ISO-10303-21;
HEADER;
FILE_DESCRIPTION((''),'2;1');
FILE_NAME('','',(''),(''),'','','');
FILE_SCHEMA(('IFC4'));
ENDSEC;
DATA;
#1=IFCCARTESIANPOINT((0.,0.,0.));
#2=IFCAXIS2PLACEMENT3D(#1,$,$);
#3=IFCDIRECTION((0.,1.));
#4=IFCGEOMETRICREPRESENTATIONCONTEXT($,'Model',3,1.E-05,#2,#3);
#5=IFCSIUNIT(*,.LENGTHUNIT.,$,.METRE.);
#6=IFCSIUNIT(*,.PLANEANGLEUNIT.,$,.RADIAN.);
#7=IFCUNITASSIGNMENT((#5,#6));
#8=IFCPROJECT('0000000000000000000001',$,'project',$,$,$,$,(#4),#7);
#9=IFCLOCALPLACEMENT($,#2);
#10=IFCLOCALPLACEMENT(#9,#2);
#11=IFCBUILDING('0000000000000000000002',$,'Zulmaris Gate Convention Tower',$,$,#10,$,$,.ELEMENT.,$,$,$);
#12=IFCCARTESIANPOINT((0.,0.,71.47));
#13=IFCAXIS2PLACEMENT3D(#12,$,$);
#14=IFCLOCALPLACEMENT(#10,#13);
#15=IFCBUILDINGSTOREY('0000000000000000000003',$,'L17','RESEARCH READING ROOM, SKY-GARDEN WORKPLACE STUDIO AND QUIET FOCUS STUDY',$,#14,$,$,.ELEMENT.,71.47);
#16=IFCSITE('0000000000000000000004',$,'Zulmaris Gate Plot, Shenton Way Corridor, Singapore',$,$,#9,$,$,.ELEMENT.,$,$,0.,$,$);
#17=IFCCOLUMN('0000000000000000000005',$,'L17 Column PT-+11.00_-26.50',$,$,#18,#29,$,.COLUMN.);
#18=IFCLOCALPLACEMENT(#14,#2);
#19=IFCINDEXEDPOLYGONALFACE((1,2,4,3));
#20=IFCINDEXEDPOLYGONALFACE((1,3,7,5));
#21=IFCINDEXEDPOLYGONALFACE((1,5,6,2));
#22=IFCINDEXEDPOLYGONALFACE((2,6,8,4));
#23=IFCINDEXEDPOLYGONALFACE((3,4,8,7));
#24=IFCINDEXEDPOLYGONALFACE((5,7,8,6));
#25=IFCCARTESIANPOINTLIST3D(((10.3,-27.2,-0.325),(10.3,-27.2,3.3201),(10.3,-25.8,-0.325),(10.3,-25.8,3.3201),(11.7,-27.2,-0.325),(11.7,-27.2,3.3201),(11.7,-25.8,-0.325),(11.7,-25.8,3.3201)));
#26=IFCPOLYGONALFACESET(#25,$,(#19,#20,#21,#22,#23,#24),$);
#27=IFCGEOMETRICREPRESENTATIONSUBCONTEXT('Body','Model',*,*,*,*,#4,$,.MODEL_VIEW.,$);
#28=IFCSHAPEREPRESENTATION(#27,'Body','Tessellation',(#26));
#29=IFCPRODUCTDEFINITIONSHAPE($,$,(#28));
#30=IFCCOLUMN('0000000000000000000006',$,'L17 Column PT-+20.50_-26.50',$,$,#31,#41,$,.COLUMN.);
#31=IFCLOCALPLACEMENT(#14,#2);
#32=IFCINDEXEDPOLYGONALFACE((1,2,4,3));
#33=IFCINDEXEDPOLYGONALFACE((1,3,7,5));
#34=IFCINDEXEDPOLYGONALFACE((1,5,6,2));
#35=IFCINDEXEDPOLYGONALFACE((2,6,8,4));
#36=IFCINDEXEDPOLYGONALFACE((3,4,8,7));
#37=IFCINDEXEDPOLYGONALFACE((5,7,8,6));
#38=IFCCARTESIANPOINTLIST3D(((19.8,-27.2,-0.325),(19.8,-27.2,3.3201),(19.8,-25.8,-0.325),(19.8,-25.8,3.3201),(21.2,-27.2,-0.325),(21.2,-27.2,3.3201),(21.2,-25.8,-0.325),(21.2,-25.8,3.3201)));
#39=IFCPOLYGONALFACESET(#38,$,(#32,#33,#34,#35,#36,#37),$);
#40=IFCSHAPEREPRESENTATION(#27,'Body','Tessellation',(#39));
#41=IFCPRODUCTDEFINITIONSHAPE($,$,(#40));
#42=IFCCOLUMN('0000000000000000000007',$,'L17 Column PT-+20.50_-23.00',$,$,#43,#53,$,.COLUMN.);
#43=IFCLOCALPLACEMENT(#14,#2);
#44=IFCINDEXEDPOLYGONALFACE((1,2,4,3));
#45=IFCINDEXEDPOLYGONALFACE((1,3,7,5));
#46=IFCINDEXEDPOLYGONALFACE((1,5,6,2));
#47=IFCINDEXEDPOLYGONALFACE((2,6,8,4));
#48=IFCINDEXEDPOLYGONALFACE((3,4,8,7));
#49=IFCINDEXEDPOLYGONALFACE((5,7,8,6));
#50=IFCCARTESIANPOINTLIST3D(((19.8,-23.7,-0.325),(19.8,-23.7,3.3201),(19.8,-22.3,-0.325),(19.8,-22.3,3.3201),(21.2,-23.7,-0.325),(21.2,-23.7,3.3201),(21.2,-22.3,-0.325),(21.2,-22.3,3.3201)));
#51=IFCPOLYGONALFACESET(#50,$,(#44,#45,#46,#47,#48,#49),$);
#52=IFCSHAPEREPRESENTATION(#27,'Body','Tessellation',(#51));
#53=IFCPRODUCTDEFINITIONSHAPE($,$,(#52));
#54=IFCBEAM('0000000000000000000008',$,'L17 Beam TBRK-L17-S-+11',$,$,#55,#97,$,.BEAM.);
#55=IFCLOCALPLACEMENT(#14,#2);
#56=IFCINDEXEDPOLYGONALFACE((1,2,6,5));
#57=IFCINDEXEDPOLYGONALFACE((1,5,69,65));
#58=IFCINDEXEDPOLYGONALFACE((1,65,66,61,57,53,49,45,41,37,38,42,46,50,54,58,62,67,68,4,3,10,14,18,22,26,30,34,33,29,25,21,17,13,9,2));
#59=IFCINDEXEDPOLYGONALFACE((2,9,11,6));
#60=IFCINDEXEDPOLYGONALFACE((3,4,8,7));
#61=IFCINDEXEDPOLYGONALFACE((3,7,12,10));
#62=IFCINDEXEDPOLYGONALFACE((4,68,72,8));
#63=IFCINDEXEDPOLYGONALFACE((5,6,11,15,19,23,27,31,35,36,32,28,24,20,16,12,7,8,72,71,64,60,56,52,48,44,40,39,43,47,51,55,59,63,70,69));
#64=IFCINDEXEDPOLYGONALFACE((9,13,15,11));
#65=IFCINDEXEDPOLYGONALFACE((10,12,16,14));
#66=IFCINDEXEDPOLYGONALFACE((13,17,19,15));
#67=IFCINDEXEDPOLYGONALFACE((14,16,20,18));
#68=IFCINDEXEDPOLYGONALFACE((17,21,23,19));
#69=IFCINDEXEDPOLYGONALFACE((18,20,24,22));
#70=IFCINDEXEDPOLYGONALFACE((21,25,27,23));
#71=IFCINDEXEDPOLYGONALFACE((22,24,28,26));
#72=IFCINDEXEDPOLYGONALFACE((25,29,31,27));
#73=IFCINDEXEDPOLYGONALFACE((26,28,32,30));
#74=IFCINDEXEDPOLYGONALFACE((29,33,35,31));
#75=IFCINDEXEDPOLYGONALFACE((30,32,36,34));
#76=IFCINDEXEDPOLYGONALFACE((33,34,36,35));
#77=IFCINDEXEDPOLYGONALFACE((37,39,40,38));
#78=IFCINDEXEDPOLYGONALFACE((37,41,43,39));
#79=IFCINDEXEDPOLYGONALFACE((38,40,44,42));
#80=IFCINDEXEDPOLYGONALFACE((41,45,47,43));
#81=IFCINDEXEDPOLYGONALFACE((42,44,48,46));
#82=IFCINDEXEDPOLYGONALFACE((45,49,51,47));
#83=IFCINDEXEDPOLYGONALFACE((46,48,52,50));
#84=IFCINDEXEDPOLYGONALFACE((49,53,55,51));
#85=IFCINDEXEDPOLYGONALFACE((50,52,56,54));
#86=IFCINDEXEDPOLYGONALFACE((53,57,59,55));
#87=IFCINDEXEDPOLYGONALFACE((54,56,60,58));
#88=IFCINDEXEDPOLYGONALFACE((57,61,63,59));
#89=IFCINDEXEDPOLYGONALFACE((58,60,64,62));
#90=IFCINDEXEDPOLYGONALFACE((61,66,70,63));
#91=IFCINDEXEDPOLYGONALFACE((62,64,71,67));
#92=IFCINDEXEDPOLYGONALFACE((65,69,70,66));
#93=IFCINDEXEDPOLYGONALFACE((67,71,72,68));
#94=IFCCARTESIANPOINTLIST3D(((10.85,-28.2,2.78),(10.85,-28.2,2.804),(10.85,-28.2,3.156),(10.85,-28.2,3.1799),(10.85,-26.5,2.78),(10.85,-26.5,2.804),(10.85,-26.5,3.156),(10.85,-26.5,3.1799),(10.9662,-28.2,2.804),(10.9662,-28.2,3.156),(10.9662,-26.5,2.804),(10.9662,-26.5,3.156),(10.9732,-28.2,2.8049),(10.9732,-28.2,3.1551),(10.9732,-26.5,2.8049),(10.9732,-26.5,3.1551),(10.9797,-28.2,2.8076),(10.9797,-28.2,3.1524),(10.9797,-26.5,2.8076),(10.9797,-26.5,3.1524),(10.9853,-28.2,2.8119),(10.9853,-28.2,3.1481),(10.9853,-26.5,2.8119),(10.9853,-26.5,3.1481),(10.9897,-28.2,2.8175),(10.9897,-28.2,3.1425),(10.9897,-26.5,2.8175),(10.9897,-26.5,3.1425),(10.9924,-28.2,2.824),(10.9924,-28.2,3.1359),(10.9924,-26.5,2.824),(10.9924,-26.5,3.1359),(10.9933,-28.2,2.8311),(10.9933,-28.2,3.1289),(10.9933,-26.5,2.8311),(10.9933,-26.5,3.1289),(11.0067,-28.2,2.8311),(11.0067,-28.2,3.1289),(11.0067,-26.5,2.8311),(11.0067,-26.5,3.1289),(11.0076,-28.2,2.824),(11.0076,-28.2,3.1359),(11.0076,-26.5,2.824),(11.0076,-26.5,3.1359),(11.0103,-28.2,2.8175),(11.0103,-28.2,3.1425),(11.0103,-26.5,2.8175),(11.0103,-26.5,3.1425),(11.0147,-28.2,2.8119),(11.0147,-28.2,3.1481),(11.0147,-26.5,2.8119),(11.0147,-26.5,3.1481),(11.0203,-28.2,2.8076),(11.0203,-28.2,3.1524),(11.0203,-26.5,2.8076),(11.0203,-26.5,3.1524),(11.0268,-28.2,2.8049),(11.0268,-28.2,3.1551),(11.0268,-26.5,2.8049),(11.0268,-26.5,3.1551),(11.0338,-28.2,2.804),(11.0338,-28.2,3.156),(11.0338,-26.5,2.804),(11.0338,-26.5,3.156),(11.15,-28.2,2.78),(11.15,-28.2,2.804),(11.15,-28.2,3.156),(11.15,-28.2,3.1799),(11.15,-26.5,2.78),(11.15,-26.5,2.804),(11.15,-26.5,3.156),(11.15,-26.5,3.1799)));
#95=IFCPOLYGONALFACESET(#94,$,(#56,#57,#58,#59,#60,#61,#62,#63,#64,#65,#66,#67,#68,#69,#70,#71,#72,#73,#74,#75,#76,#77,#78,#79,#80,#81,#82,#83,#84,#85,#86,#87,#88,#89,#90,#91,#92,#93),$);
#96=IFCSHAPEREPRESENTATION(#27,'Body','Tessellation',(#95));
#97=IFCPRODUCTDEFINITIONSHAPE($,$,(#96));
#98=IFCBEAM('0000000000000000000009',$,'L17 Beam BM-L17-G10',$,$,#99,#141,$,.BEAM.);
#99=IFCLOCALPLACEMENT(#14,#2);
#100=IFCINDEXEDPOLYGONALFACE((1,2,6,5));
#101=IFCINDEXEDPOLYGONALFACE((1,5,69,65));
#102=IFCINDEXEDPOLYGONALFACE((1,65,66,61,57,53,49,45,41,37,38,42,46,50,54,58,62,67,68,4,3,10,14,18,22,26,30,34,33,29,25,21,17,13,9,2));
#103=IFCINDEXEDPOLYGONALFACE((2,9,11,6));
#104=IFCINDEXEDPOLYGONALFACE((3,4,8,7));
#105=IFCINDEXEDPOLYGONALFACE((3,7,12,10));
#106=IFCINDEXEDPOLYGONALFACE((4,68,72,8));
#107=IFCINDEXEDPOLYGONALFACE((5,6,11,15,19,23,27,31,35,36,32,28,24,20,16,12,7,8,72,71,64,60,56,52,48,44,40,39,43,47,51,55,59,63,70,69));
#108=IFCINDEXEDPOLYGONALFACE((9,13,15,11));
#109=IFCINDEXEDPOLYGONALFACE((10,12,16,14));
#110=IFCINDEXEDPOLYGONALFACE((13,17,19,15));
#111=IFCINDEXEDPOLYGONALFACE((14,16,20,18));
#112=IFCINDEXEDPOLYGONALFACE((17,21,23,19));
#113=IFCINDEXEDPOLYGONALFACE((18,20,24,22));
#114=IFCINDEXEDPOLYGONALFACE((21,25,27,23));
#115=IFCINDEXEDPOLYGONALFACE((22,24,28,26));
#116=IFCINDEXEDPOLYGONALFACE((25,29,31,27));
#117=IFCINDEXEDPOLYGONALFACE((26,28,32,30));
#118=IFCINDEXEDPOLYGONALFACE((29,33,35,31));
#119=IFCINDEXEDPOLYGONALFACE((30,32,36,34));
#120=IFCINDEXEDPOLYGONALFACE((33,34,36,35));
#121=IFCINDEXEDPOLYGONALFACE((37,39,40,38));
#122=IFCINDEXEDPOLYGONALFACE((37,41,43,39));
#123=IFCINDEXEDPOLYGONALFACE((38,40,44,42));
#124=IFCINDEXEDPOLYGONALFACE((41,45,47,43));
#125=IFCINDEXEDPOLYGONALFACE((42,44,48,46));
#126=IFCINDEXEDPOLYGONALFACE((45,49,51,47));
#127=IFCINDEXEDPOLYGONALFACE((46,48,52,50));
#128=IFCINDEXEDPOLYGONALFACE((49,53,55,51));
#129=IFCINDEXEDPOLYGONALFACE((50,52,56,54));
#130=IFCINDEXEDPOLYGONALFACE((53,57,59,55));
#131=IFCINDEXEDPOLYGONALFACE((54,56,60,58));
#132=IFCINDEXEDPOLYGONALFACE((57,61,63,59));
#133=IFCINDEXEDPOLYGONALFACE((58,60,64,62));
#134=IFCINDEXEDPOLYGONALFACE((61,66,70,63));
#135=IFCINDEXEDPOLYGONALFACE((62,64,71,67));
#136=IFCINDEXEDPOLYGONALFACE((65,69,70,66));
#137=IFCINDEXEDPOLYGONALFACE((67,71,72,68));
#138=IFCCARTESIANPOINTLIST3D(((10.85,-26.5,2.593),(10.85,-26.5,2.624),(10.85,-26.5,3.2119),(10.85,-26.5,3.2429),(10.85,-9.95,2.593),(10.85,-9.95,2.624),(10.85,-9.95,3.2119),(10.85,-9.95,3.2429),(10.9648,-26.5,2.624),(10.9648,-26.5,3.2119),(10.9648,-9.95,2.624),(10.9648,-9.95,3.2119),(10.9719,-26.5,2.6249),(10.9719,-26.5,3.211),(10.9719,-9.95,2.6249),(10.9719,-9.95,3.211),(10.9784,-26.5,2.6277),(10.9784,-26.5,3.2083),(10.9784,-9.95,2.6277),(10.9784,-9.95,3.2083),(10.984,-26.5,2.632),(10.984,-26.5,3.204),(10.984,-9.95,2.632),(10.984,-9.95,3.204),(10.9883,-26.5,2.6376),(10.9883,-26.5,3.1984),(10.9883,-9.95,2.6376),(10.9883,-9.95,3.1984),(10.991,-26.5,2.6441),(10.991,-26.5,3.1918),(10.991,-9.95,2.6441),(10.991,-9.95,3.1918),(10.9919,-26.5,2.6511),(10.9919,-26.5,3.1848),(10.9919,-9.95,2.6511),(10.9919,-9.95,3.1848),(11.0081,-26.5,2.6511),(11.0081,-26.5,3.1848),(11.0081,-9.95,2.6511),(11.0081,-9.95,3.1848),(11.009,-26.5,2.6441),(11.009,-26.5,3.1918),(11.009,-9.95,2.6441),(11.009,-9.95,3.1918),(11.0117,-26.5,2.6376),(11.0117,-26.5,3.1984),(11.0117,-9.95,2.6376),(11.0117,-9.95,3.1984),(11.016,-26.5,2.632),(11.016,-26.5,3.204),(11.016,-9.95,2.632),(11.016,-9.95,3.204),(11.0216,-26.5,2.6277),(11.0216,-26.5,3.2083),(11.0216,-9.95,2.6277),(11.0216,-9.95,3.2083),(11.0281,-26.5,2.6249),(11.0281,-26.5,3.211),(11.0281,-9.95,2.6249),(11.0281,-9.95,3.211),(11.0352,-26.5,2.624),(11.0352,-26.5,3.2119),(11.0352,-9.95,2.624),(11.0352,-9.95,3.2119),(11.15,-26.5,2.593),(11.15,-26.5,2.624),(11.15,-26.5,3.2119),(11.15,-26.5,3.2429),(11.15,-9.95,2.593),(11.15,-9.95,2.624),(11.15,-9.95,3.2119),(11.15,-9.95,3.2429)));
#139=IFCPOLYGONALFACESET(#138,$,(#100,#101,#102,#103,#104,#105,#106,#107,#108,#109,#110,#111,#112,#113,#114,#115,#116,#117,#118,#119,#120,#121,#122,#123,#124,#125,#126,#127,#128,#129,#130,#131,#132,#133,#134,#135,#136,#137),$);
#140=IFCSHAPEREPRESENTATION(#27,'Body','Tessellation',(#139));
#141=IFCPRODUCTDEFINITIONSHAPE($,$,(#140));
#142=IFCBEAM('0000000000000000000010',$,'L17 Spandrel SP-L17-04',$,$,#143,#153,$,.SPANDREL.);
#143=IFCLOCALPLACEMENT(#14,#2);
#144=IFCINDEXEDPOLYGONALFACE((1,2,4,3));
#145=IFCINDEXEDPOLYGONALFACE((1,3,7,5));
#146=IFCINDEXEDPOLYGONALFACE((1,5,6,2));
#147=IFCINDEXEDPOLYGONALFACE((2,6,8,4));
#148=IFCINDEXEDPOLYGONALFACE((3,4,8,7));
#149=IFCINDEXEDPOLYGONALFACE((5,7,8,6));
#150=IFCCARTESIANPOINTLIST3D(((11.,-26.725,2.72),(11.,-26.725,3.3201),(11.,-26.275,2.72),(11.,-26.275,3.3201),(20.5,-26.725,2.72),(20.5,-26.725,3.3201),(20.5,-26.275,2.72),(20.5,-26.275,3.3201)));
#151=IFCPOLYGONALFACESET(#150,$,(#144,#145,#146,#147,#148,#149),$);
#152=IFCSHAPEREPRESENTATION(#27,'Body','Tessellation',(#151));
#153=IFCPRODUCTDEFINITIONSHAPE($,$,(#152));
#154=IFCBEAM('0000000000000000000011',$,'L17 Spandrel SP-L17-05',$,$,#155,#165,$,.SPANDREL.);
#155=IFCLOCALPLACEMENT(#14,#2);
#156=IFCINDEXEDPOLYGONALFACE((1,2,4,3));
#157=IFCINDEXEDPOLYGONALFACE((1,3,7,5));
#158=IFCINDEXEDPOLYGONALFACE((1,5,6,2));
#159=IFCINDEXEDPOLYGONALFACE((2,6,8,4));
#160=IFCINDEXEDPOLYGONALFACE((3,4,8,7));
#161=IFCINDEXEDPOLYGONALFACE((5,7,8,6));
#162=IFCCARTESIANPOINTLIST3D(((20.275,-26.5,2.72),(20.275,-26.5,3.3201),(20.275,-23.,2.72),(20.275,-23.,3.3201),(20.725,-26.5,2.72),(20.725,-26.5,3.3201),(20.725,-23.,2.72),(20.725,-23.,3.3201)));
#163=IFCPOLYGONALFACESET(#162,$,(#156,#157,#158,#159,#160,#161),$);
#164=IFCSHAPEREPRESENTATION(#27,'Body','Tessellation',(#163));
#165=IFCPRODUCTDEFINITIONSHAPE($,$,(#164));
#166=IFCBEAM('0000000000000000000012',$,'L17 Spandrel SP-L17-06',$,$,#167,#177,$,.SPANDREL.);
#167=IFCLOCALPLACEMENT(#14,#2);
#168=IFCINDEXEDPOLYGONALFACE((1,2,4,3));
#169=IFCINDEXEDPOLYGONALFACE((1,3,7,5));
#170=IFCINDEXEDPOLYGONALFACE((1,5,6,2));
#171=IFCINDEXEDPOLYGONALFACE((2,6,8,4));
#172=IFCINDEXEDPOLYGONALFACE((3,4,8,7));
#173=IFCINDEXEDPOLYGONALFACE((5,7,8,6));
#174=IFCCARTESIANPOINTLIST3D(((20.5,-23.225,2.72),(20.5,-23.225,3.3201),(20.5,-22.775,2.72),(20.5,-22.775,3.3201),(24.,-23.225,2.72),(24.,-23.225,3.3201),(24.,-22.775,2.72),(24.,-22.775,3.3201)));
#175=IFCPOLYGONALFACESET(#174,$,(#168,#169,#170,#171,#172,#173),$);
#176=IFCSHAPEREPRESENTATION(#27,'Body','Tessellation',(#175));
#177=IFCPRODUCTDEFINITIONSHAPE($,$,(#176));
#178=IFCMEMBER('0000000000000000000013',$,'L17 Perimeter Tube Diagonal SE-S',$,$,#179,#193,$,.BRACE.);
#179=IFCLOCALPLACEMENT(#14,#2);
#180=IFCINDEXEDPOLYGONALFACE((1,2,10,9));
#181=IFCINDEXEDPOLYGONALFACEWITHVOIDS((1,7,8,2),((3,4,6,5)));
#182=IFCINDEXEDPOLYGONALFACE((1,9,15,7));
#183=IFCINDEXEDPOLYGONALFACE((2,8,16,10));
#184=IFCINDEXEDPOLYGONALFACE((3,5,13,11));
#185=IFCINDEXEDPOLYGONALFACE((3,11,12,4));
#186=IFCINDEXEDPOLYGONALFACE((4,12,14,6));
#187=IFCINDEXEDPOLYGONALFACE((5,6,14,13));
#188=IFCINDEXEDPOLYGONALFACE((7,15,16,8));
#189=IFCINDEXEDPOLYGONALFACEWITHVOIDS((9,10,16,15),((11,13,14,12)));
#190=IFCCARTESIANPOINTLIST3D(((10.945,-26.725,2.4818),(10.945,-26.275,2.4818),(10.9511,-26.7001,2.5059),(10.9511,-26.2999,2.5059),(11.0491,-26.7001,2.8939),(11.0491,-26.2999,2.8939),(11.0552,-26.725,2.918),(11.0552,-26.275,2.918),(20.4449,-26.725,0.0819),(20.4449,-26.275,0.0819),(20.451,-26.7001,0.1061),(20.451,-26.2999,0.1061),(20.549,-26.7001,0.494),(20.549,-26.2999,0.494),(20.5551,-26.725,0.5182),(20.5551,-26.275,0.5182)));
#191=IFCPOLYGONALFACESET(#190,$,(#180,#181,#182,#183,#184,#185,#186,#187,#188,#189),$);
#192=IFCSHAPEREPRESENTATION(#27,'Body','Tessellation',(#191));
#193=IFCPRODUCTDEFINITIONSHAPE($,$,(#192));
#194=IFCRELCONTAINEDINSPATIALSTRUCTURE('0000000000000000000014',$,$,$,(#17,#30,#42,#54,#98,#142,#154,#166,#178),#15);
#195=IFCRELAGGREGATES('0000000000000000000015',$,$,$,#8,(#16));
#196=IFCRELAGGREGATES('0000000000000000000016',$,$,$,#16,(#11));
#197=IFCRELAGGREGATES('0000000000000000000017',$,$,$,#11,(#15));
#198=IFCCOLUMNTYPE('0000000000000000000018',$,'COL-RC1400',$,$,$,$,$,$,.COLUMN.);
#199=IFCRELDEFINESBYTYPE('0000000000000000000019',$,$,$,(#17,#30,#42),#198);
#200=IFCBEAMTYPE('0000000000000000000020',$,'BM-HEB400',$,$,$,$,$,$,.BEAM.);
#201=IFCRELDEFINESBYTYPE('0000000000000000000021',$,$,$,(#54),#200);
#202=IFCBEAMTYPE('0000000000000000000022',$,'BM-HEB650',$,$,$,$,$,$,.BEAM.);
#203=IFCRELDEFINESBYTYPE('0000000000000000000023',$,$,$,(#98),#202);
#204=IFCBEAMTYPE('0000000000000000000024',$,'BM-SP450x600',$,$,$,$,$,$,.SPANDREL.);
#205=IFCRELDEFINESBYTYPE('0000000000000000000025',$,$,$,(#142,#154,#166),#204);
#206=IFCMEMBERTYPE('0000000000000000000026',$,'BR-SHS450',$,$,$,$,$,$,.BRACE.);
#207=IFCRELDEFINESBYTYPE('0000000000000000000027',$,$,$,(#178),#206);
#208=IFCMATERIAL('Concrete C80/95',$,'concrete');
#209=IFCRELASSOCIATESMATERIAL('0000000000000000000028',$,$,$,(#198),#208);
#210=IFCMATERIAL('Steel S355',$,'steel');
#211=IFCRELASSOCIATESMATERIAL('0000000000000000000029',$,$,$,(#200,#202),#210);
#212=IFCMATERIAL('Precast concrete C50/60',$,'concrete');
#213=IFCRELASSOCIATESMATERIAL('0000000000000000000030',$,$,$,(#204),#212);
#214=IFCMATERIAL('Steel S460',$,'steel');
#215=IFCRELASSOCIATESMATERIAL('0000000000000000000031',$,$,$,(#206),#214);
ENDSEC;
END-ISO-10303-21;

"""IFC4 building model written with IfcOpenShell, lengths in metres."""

from ifc_helpers import new_model, si_unit, direction, frame, origin, origin_2d, place, context, subcontext, project, spatial, rectangle, hollow_rectangle, i_section, extrude, material, material_profile, profile_set, type_object, element, save


model = new_model("IFC4")

# Units and contexts
model_context = context("Model", 3, precision=1e-05, world=origin(), true_north=direction((0.0, 1.0)))
body_context = subcontext(model_context, "Body", "Model", "MODEL_VIEW")
ifc_project = project(units=[si_unit("LENGTHUNIT", "METRE"), si_unit("PLANEANGLEUNIT", "RADIAN")], contexts=[model_context])

# Site, building, storey
site_placement = place(None, origin())
site = spatial("IfcSite", under=ifc_project, at=site_placement, Name="Zulmaris Gate Plot, Shenton Way Corridor, Singapore", CompositionType="ELEMENT", RefElevation=0.0)
building_placement = place(site_placement, origin())
building = spatial("IfcBuilding", under=site, at=building_placement, Name="Zulmaris Gate Convention Tower", CompositionType="ELEMENT")
storey_placement = place(building_placement, frame((0.0, 0.0, 71.47)))
storey = spatial("IfcBuildingStorey", under=building, at=storey_placement, Name="L17", Description="RESEARCH READING ROOM, SKY-GARDEN WORKPLACE STUDIO AND QUIET FOCUS STUDY", CompositionType="ELEMENT", Elevation=71.47)

# Columns
ifc_material_1 = material(Name="Concrete C80/95", Category="concrete")
ifc_material_profile_1 = material_profile(ifc_material_1, rectangle(XDim=1.3999, YDim=1.3999, at=origin_2d()), Name="RC COL 1400x1400")
ifc_profile_set_1 = profile_set([ifc_material_profile_1], Name="Concrete C80/95")
column_type = type_object("IfcColumnType", Name="COL-RC1400", PredefinedType="COLUMN", material=ifc_profile_set_1)
for number, where, z_axis, x_axis, name in (
    (1, (11.0, -26.5, -0.325), (0.0, 0.0, 1.0), (1.0, 0.0, 0.0), "L17 Column PT-+11.00_-26.50"),
    (2, (20.5, -26.5, -0.325), (0.0, 0.0, 1.0), (1.0, 0.0, 0.0), "L17 Column PT-+20.50_-26.50"),
    (3, (20.5, -23.0, -0.325), (0.0, 0.0, 1.0), (1.0, 0.0, 0.0), "L17 Column PT-+20.50_-23.00"),
):
    element("IfcColumn", number, at=place(storey_placement, frame(where, z_axis=z_axis, x_axis=x_axis)), inside=storey, type_object=column_type, Name=name, PredefinedType="COLUMN", context=body_context, shape_type="SweptSolid", body=[
        extrude(rectangle(XDim=1.3999, YDim=1.3999, at=origin_2d()), origin(), (0.0, 0.0, 1.0), 3.645),
    ])

# Beams
ifc_material_2 = material(Name="Steel S355", Category="steel")
ifc_material_profile_2 = material_profile(ifc_material_2, i_section(OverallWidth=0.3, OverallDepth=0.3999, WebThickness=0.0134, FlangeThickness=0.0239, FilletRadius=0.0271, at=origin_2d()), Name="HEB 400")
ifc_profile_set_2 = profile_set([ifc_material_profile_2], Name="Steel S355")
beam_type_1 = type_object("IfcBeamType", Name="BM-HEB400", PredefinedType="BEAM", material=ifc_profile_set_2)
beam_1_placement = place(storey_placement, frame((11.0, -28.2, 2.98), z_axis=(0.0, 1.0, 0.0), x_axis=(-1.0, 0.0, 0.0)))
element("IfcBeam", 4, at=beam_1_placement, inside=storey, type_object=beam_type_1, Name="L17 Beam TBRK-L17-S-+11", PredefinedType="BEAM", context=body_context, shape_type="SweptSolid", body=[
    extrude(i_section(OverallWidth=0.3, OverallDepth=0.3999, WebThickness=0.0134, FlangeThickness=0.0239, FilletRadius=0.0271, at=origin_2d()), origin(), (0.0, 0.0, 1.0), 1.7),
])
ifc_material_profile_3 = material_profile(ifc_material_2, i_section(OverallWidth=0.3, OverallDepth=0.6499, WebThickness=0.0161, FlangeThickness=0.031, FilletRadius=0.0271, at=origin_2d()), Name="HEB 650")
ifc_profile_set_3 = profile_set([ifc_material_profile_3], Name="Steel S355")
beam_type_2 = type_object("IfcBeamType", Name="BM-HEB650", PredefinedType="BEAM", material=ifc_profile_set_3)
beam_2_placement = place(storey_placement, frame((11.0, -26.5, 2.918), z_axis=(0.0, 1.0, 0.0), x_axis=(-1.0, 0.0, 0.0)))
element("IfcBeam", 5, at=beam_2_placement, inside=storey, type_object=beam_type_2, Name="L17 Beam BM-L17-G10", PredefinedType="BEAM", context=body_context, shape_type="SweptSolid", body=[
    extrude(i_section(OverallWidth=0.3, OverallDepth=0.6499, WebThickness=0.0161, FlangeThickness=0.031, FilletRadius=0.0271, at=origin_2d()), origin(), (0.0, 0.0, 1.0), 16.55),
])
ifc_material_3 = material(Name="Precast concrete C50/60", Category="concrete")
ifc_material_profile_4 = material_profile(ifc_material_3, rectangle(XDim=0.45, YDim=0.6001, at=origin_2d()), Name="RC SPANDREL 450x600")
ifc_profile_set_4 = profile_set([ifc_material_profile_4], Name="Precast concrete C50/60")
beam_type_3 = type_object("IfcBeamType", Name="BM-SP450x600", PredefinedType="SPANDREL", material=ifc_profile_set_4)
beam_3_placement = place(storey_placement, frame((11.0, -26.5, 3.02), z_axis=(1.0, 0.0, 0.0), x_axis=(0.0, 1.0, 0.0)))
element("IfcBeam", 6, at=beam_3_placement, inside=storey, type_object=beam_type_3, Name="L17 Spandrel SP-L17-04", PredefinedType="SPANDREL", context=body_context, shape_type="SweptSolid", body=[
    extrude(rectangle(XDim=0.45, YDim=0.6001, at=origin_2d()), origin(), (0.0, 0.0, 1.0), 9.5),
])
for number, where, z_axis, x_axis, name in (
    (7, (20.5, -26.5, 3.02), (0.0, 1.0, 0.0), (-1.0, 0.0, 0.0), "L17 Spandrel SP-L17-05"),
    (8, (20.5, -23.0, 3.02), (1.0, 0.0, 0.0), (0.0, 1.0, 0.0), "L17 Spandrel SP-L17-06"),
):
    element("IfcBeam", number, at=place(storey_placement, frame(where, z_axis=z_axis, x_axis=x_axis)), inside=storey, type_object=beam_type_3, Name=name, PredefinedType="SPANDREL", context=body_context, shape_type="SweptSolid", body=[
        extrude(rectangle(XDim=0.45, YDim=0.6001, at=origin_2d()), origin(), (0.0, 0.0, 1.0), 3.5),
    ])

# Member
ifc_material_4 = material(Name="Steel S460", Category="steel")
ifc_material_profile_5 = material_profile(ifc_material_4, hollow_rectangle(XDim=0.45, YDim=0.45, WallThickness=0.0249, at=origin_2d()), Name="SHS 450x450x25")
ifc_profile_set_5 = profile_set([ifc_material_profile_5], Name="Steel S460")
member_type_1 = type_object("IfcMemberType", Name="BR-SHS450", PredefinedType="BRACE", material=ifc_profile_set_5)
member_1_placement = place(storey_placement, frame((20.5, -26.5, 0.3), z_axis=(-0.969542, 0.0, 0.244927), x_axis=(0.0, -1.0, 0.0)))
element("IfcMember", 9, at=member_1_placement, inside=storey, type_object=member_type_1, Name="L17 Perimeter Tube Diagonal SE-S", PredefinedType="BRACE", context=body_context, shape_type="SweptSolid", body=[
    extrude(hollow_rectangle(XDim=0.45, YDim=0.45, WallThickness=0.0249, at=origin_2d()), origin(), (0.0, 0.0, 1.0), 9.7983),
])

save(model, "model.ifc")
